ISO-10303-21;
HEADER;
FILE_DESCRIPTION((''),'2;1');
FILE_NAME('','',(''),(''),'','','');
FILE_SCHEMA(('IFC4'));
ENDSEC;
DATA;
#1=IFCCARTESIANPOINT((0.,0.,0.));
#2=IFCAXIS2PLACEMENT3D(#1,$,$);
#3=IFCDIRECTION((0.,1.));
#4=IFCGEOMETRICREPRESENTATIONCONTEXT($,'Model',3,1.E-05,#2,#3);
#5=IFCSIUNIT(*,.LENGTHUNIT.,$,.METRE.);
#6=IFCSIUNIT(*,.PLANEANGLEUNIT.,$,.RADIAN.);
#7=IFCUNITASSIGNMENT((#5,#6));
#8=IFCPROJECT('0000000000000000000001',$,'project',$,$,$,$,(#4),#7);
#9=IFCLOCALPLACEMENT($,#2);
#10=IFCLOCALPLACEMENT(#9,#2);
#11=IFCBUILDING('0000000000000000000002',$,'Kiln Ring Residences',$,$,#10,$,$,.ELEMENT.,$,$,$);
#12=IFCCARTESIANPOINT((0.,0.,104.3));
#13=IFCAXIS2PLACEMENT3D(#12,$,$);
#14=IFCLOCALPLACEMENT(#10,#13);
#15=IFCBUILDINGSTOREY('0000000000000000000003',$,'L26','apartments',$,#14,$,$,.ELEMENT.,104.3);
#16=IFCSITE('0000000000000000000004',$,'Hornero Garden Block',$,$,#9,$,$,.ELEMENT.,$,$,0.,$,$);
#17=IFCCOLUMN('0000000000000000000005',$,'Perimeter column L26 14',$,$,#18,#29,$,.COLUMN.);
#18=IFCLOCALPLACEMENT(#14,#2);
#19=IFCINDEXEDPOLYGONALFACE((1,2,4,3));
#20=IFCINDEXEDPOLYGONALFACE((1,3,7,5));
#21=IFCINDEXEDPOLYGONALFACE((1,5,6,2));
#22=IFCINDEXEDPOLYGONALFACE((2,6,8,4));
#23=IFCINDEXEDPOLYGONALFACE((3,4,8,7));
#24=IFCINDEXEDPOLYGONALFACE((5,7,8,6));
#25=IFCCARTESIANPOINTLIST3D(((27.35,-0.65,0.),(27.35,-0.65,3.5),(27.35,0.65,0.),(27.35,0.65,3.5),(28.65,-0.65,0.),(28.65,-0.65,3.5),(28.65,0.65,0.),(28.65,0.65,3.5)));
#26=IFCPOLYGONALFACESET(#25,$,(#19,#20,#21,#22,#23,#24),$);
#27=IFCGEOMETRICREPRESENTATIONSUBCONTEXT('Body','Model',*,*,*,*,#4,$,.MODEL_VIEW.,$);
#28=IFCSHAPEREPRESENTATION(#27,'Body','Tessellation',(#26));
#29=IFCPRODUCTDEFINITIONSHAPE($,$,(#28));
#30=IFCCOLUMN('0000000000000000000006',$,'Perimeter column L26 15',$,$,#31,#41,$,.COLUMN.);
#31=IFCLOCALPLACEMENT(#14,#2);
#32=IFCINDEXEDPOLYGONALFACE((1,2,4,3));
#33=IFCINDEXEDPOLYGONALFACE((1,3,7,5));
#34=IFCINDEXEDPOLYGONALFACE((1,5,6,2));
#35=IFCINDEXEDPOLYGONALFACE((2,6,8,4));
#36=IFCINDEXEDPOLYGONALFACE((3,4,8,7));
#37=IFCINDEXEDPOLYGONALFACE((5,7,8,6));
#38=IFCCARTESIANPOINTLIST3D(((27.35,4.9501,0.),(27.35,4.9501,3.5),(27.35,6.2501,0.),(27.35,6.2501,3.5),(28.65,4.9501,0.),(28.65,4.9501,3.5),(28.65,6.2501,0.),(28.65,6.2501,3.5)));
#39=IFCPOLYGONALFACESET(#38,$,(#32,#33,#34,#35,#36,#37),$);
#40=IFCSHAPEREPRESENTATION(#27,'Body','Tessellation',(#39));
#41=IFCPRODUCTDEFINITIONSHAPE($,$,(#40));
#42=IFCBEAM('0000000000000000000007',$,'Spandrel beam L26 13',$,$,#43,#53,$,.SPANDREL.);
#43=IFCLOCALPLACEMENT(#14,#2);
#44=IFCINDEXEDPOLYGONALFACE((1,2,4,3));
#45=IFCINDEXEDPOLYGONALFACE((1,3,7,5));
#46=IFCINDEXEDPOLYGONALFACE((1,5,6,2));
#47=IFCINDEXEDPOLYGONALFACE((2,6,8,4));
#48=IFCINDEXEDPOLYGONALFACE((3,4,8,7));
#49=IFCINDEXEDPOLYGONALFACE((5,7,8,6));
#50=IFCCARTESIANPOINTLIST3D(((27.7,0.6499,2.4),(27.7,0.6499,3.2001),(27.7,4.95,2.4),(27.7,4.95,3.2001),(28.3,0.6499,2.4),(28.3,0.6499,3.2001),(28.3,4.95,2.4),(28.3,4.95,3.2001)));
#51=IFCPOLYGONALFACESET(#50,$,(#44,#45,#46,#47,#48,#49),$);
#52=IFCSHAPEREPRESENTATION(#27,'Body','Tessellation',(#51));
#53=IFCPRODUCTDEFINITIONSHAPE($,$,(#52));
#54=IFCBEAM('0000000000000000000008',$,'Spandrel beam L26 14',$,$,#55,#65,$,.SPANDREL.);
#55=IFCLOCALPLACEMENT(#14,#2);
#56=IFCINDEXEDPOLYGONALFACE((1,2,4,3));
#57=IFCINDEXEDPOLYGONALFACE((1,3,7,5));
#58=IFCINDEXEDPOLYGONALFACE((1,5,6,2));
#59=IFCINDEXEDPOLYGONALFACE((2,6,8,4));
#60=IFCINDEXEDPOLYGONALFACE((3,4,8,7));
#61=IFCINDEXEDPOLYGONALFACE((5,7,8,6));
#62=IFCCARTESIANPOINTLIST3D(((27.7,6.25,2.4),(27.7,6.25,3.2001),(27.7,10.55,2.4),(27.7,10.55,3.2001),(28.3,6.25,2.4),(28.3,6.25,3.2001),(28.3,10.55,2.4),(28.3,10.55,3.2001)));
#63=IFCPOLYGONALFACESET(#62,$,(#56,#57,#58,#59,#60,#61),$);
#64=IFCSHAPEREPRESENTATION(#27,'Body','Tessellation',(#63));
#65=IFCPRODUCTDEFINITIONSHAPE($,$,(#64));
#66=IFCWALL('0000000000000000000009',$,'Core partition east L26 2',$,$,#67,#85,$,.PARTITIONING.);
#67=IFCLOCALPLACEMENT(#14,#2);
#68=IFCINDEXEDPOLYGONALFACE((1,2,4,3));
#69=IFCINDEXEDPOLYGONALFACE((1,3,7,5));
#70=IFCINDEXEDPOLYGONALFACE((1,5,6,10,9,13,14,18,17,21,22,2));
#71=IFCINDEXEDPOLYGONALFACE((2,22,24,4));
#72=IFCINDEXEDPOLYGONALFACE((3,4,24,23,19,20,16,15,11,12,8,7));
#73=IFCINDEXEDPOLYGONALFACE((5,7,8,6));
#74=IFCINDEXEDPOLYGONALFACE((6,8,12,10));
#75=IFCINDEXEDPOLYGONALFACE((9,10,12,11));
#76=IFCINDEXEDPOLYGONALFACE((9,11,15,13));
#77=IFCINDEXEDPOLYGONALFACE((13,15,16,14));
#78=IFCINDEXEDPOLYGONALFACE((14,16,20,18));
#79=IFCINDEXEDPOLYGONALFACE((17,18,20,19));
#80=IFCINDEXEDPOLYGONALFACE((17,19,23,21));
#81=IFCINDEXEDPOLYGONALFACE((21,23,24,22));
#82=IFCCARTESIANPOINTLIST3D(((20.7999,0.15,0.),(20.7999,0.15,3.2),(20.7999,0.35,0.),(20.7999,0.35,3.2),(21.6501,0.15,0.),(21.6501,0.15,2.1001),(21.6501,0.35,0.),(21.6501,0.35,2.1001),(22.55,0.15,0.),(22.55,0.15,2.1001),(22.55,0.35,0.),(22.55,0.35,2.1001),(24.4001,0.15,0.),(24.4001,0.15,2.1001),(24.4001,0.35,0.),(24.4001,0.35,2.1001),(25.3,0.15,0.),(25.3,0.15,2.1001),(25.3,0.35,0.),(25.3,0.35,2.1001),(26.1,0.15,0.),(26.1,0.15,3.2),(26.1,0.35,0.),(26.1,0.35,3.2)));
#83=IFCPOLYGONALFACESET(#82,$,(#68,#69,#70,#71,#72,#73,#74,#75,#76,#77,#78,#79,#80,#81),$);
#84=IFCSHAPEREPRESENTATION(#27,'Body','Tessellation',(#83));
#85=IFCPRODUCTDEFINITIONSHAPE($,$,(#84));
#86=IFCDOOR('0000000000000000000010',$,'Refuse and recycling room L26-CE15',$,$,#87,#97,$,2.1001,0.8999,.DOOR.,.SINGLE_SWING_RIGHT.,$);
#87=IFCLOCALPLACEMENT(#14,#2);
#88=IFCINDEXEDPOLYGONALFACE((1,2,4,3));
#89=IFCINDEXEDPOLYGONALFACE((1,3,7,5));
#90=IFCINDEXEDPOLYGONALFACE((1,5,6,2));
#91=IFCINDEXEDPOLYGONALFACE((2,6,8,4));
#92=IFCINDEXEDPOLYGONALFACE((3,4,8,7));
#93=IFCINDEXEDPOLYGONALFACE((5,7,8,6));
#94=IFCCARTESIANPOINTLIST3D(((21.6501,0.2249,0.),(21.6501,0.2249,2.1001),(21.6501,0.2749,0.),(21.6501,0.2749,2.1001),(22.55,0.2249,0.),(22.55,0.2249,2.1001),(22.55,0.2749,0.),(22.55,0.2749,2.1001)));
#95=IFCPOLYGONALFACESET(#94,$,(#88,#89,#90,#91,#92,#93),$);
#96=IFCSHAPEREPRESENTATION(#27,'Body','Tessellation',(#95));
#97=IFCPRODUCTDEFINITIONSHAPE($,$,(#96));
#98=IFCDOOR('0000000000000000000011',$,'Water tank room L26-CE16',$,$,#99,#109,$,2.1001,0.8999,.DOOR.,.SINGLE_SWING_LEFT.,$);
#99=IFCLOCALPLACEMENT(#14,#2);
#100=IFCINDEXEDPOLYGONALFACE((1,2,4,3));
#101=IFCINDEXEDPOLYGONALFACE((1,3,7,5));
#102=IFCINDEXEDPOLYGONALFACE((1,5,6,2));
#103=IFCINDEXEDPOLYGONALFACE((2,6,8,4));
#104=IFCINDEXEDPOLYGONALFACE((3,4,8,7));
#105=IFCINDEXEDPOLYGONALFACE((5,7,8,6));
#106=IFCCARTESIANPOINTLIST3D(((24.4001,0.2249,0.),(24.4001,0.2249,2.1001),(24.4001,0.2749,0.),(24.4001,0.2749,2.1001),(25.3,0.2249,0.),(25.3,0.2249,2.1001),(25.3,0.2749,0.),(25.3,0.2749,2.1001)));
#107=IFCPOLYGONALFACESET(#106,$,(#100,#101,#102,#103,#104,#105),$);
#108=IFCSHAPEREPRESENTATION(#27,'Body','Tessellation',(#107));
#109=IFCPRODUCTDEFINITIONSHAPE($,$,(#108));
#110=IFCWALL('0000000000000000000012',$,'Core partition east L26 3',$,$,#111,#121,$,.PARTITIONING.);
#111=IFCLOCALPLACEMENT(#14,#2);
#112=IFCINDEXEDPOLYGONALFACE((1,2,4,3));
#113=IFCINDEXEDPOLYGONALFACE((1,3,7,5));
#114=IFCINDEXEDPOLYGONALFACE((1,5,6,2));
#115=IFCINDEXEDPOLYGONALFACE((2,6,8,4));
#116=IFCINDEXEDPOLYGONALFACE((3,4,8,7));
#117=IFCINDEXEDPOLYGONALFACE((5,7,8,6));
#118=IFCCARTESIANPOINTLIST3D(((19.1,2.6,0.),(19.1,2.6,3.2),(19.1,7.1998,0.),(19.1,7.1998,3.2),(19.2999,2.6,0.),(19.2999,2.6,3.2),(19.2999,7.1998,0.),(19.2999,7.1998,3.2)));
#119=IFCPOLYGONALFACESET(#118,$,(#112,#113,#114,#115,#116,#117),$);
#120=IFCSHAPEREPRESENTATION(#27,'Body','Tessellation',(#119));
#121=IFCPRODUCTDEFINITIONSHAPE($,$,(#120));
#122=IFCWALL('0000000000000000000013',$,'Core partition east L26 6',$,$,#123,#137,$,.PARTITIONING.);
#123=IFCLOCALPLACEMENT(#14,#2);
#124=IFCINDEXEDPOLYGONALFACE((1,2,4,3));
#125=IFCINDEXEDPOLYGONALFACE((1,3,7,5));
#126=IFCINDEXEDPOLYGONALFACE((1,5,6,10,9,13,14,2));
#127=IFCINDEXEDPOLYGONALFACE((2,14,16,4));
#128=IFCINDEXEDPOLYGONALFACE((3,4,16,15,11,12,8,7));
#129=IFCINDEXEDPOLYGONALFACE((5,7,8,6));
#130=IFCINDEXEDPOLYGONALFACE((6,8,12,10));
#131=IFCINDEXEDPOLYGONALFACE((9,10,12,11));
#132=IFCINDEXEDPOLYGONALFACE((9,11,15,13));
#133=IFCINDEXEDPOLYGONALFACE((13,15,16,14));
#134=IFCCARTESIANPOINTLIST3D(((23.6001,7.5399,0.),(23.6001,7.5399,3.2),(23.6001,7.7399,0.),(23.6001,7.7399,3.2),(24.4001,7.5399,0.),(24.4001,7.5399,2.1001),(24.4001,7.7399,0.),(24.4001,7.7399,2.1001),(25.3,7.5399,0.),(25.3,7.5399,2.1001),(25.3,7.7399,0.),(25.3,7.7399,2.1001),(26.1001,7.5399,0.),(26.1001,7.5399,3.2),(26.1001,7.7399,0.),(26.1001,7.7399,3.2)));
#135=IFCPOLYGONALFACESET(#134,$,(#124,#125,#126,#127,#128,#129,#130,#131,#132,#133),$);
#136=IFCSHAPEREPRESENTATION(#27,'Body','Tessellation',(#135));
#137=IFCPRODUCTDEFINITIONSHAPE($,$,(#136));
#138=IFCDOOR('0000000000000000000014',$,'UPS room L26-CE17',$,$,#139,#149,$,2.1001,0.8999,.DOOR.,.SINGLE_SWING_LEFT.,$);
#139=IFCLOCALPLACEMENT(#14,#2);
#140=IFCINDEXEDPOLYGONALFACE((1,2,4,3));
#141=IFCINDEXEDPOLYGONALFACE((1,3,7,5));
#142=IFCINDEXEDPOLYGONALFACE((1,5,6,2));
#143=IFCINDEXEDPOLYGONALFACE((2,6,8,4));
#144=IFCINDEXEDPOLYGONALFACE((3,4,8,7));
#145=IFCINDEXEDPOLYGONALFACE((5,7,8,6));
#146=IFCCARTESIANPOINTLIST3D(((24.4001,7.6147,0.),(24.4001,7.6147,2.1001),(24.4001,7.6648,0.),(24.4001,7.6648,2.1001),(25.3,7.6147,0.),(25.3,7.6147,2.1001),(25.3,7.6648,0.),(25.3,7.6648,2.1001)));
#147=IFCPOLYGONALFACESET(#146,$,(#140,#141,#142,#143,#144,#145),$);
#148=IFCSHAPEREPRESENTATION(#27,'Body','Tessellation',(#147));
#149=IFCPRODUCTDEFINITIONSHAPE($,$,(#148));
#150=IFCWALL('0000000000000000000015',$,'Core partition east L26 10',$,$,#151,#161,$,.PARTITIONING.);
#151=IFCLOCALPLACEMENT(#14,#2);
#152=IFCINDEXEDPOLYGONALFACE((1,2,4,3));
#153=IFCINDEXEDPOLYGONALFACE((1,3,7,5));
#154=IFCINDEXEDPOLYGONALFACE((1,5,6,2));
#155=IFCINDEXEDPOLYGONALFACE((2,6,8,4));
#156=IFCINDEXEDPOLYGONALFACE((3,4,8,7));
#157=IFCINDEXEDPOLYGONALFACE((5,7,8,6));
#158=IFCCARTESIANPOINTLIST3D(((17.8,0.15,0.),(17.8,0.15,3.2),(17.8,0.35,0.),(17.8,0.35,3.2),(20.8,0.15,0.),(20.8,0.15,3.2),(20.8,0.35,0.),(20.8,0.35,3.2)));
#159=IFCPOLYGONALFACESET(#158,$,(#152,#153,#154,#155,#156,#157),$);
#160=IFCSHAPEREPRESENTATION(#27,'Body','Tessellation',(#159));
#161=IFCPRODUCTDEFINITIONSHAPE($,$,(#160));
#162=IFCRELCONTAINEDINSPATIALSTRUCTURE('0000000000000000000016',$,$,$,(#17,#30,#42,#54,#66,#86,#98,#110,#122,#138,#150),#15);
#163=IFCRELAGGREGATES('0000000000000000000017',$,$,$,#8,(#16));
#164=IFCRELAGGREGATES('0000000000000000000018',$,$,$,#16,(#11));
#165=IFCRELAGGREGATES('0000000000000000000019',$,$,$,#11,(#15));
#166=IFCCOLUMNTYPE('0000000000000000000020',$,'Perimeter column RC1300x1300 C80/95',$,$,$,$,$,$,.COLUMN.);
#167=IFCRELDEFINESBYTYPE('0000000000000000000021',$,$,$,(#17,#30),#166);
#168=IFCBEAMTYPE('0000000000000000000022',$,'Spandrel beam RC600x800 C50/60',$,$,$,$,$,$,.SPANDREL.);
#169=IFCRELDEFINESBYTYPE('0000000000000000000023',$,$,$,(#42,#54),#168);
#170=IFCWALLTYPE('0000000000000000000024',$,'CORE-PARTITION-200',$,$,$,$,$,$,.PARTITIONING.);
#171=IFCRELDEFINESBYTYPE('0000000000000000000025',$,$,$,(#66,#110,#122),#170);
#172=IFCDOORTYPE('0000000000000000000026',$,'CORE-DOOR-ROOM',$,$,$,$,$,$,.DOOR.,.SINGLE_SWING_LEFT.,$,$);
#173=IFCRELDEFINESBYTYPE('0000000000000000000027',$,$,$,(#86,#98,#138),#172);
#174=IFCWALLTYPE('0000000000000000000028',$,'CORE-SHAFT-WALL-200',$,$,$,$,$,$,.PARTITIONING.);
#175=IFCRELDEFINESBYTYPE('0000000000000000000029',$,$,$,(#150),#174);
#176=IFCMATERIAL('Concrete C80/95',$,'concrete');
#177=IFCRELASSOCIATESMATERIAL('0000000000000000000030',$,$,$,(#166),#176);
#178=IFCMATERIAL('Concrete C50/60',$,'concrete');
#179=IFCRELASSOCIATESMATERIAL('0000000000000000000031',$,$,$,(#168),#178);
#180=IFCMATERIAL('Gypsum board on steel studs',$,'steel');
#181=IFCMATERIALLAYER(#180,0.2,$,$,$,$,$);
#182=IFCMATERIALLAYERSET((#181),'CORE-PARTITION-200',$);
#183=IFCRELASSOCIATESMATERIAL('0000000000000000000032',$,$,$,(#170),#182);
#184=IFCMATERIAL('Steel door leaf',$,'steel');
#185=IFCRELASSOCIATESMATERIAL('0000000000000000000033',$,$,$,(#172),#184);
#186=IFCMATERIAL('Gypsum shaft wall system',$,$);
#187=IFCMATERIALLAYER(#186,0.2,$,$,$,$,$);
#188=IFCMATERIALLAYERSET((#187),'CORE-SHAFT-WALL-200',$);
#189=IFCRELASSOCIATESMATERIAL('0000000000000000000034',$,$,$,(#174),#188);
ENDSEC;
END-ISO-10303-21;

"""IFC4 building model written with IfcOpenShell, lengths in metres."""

from ifc_helpers import new_model, si_unit, direction, frame, frame_2d, origin, origin_2d, place, context, subcontext, project, spatial, rectangle, extrude, material, layer, layer_set, material_profile, profile_set, type_object, element, fill, save


model = new_model("IFC4")

# Units and contexts
model_context = context("Model", 3, precision=1e-05, world=origin(), true_north=direction((0.0, 1.0)))
body_context = subcontext(model_context, "Body", "Model", "MODEL_VIEW")
ifc_project = project(units=[si_unit("LENGTHUNIT", "METRE"), si_unit("PLANEANGLEUNIT", "RADIAN")], contexts=[model_context])

# Site, building, storey
site_placement = place(None, origin())
site = spatial("IfcSite", under=ifc_project, at=site_placement, Name="Hornero Garden Block", CompositionType="ELEMENT", RefElevation=0.0)
building_placement = place(site_placement, origin())
building = spatial("IfcBuilding", under=site, at=building_placement, Name="Kiln Ring Residences", CompositionType="ELEMENT")
storey_placement = place(building_placement, frame((0.0, 0.0, 104.3)))
storey = spatial("IfcBuildingStorey", under=building, at=storey_placement, Name="L26", Description="apartments", CompositionType="ELEMENT", Elevation=104.3)

# Columns
ifc_material_1 = material(Name="Concrete C80/95", Category="concrete")
ifc_material_profile_1 = material_profile(ifc_material_1, rectangle(XDim=1.3, YDim=1.3, at=origin_2d()), Name="RC1300x1300")
ifc_profile_set_1 = profile_set([ifc_material_profile_1], Name="Concrete C80/95")
column_type = type_object("IfcColumnType", Name="Perimeter column RC1300x1300 C80/95", PredefinedType="COLUMN", material=ifc_profile_set_1)
for number, where, z_axis, x_axis, name in (
    (1, (28.0, 0.0, 0.0), (0.0, 0.0, 1.0), (1.0, 0.0, 0.0), "Perimeter column L26 14"),
    (2, (28.0, 5.6001, 0.0), (0.0, 0.0, 1.0), (1.0, 0.0, 0.0), "Perimeter column L26 15"),
):
    element("IfcColumn", number, at=place(storey_placement, frame(where, z_axis=z_axis, x_axis=x_axis)), inside=storey, type_object=column_type, Name=name, PredefinedType="COLUMN", context=body_context, shape_type="SweptSolid", body=[
        extrude(rectangle(XDim=1.3, YDim=1.3, at=origin_2d()), origin(), (0.0, 0.0, 1.0), 3.5),
    ])

# Beams
ifc_material_2 = material(Name="Concrete C50/60", Category="concrete")
ifc_material_profile_2 = material_profile(ifc_material_2, rectangle(XDim=0.6001, YDim=0.8, at=origin_2d()), Name="RC600x800")
ifc_profile_set_2 = profile_set([ifc_material_profile_2], Name="Concrete C50/60")
beam_type = type_object("IfcBeamType", Name="Spandrel beam RC600x800 C50/60", PredefinedType="SPANDREL", material=ifc_profile_set_2)
for number, where, z_axis, x_axis, name in (
    (3, (28.0, 0.6499, 2.8), (0.0, 1.0, 0.0), (-1.0, 0.0, 0.0), "Spandrel beam L26 13"),
    (4, (28.0, 6.25, 2.8), (0.0, 1.0, 0.0), (-1.0, 0.0, 0.0), "Spandrel beam L26 14"),
):
    element("IfcBeam", number, at=place(storey_placement, frame(where, z_axis=z_axis, x_axis=x_axis)), inside=storey, type_object=beam_type, Name=name, PredefinedType="SPANDREL", context=body_context, shape_type="SweptSolid", body=[
        extrude(rectangle(XDim=0.6001, YDim=0.8, at=origin_2d()), origin(), (0.0, 0.0, 1.0), 4.3),
    ])

# Wall, openings, doors
ifc_material_3 = material(Name="Gypsum board on steel studs", Category="steel")
ifc_layer_1 = layer(ifc_material_3, 0.2)
ifc_layer_set_1 = layer_set([ifc_layer_1], Name="CORE-PARTITION-200")
wall_type_1 = type_object("IfcWallType", Name="CORE-PARTITION-200", PredefinedType="PARTITIONING", material=ifc_layer_set_1)
wall_1_placement = place(storey_placement, frame((20.8, 0.25, 0.0), z_axis=(0.0, 0.0, 1.0), x_axis=(1.0, 0.0, 0.0)))
wall_1 = element("IfcWall", 5, at=wall_1_placement, inside=storey, type_object=wall_type_1, Name="Core partition east L26 2", PredefinedType="PARTITIONING", context=body_context, shape_type="SweptSolid", body=[
    extrude(rectangle(XDim=5.3, YDim=0.2, at=frame_2d((2.6499, 0.0))), origin(), (0.0, 0.0, 1.0), 3.2),
])
opening_1_placement = place(wall_1_placement, frame((0.8501, 0.0, 0.0)))
opening_1 = element("IfcOpeningElement", 6, at=opening_1_placement, cuts=wall_1, PredefinedType="OPENING", context=body_context, shape_type="SweptSolid", body=[
    extrude(rectangle(XDim=0.8999, YDim=2.1001, at=frame_2d((0.45, 1.05))), frame((0.0, 0.1099, 0.0), z_axis=(0.0, -1.0, 0.0), x_axis=(1.0, 0.0, 0.0)), (0.0, 0.0, 1.0), 0.22),
])
opening_2_placement = place(wall_1_placement, frame((3.6001, 0.0, 0.0)))
opening_2 = element("IfcOpeningElement", 7, at=opening_2_placement, cuts=wall_1, PredefinedType="OPENING", context=body_context, shape_type="SweptSolid", body=[
    extrude(rectangle(XDim=0.8999, YDim=2.1001, at=frame_2d((0.45, 1.05))), frame((0.0, 0.1099, 0.0), z_axis=(0.0, -1.0, 0.0), x_axis=(1.0, 0.0, 0.0)), (0.0, 0.0, 1.0), 0.22),
])
ifc_material_4 = material(Name="Steel door leaf", Category="steel")
door_type = type_object("IfcDoorType", Name="CORE-DOOR-ROOM", OperationType="SINGLE_SWING_LEFT", PredefinedType="DOOR", material=ifc_material_4)
door_1_placement = place(opening_1_placement, origin())
door_1 = element("IfcDoor", 8, at=door_1_placement, inside=storey, type_object=door_type, Name="Refuse and recycling room L26-CE15", OperationType="SINGLE_SWING_RIGHT", OverallHeight=2.1001, OverallWidth=0.8999, PredefinedType="DOOR", context=body_context, shape_type="SweptSolid", body=[
    extrude(rectangle(XDim=0.8999, YDim=2.1001, at=frame_2d((0.45, 1.05))), frame((0.0, 0.0249, 0.0), z_axis=(0.0, -1.0, 0.0), x_axis=(1.0, 0.0, 0.0)), (0.0, 0.0, 1.0), 0.05),
])
fill(opening_1, door_1)
door_2_placement = place(opening_2_placement, origin())
door_2 = element("IfcDoor", 9, at=door_2_placement, inside=storey, type_object=door_type, Name="Water tank room L26-CE16", OperationType="SINGLE_SWING_LEFT", OverallHeight=2.1001, OverallWidth=0.8999, PredefinedType="DOOR", context=body_context, shape_type="SweptSolid", body=[
    extrude(rectangle(XDim=0.8999, YDim=2.1001, at=frame_2d((0.45, 1.05))), frame((0.0, 0.0249, 0.0), z_axis=(0.0, -1.0, 0.0), x_axis=(1.0, 0.0, 0.0)), (0.0, 0.0, 1.0), 0.05),
])
fill(opening_2, door_2)

# Wall
wall_2_placement = place(storey_placement, frame((19.2, 2.6001, 0.0), z_axis=(0.0, 0.0, 1.0), x_axis=(0.0, 1.0, 0.0)))
element("IfcWall", 10, at=wall_2_placement, inside=storey, type_object=wall_type_1, Name="Core partition east L26 3", PredefinedType="PARTITIONING", context=body_context, shape_type="SweptSolid", body=[
    extrude(rectangle(XDim=4.5999, YDim=0.2, at=frame_2d((2.2998, 0.0))), origin(), (0.0, 0.0, 1.0), 3.2),
])

# Wall, opening, door
wall_3_placement = place(storey_placement, frame((23.6001, 7.6399, 0.0), z_axis=(0.0, 0.0, 1.0), x_axis=(1.0, 0.0, 0.0)))
wall_3 = element("IfcWall", 11, at=wall_3_placement, inside=storey, type_object=wall_type_1, Name="Core partition east L26 6", PredefinedType="PARTITIONING", context=body_context, shape_type="SweptSolid", body=[
    extrude(rectangle(XDim=2.5, YDim=0.2, at=frame_2d((1.25, 0.0))), origin(), (0.0, 0.0, 1.0), 3.2),
])
opening_3_placement = place(wall_3_placement, frame((0.8, 0.0, 0.0)))
opening_3 = element("IfcOpeningElement", 12, at=opening_3_placement, cuts=wall_3, PredefinedType="OPENING", context=body_context, shape_type="SweptSolid", body=[
    extrude(rectangle(XDim=0.8999, YDim=2.1001, at=frame_2d((0.45, 1.05))), frame((0.0, 0.1099, 0.0), z_axis=(0.0, -1.0, 0.0), x_axis=(1.0, 0.0, 0.0)), (0.0, 0.0, 1.0), 0.22),
])
door_3_placement = place(opening_3_placement, origin())
door_3 = element("IfcDoor", 13, at=door_3_placement, inside=storey, type_object=door_type, Name="UPS room L26-CE17", OperationType="SINGLE_SWING_LEFT", OverallHeight=2.1001, OverallWidth=0.8999, PredefinedType="DOOR", context=body_context, shape_type="SweptSolid", body=[
    extrude(rectangle(XDim=0.8999, YDim=2.1001, at=frame_2d((0.45, 1.05))), frame((0.0, 0.0249, 0.0), z_axis=(0.0, -1.0, 0.0), x_axis=(1.0, 0.0, 0.0)), (0.0, 0.0, 1.0), 0.05),
])
fill(opening_3, door_3)

# Wall
ifc_material_5 = material(Name="Gypsum shaft wall system")
ifc_layer_2 = layer(ifc_material_5, 0.2)
ifc_layer_set_2 = layer_set([ifc_layer_2], Name="CORE-SHAFT-WALL-200")
wall_type_2 = type_object("IfcWallType", Name="CORE-SHAFT-WALL-200", PredefinedType="PARTITIONING", material=ifc_layer_set_2)
wall_4_placement = place(storey_placement, frame((17.8, 0.25, 0.0), z_axis=(0.0, 0.0, 1.0), x_axis=(1.0, 0.0, 0.0)))
element("IfcWall", 14, at=wall_4_placement, inside=storey, type_object=wall_type_2, Name="Core partition east L26 10", PredefinedType="PARTITIONING", context=body_context, shape_type="SweptSolid", body=[
    extrude(rectangle(XDim=3.0, YDim=0.2, at=frame_2d((1.5, 0.0))), origin(), (0.0, 0.0, 1.0), 3.2),
])

save(model, "model.ifc")
